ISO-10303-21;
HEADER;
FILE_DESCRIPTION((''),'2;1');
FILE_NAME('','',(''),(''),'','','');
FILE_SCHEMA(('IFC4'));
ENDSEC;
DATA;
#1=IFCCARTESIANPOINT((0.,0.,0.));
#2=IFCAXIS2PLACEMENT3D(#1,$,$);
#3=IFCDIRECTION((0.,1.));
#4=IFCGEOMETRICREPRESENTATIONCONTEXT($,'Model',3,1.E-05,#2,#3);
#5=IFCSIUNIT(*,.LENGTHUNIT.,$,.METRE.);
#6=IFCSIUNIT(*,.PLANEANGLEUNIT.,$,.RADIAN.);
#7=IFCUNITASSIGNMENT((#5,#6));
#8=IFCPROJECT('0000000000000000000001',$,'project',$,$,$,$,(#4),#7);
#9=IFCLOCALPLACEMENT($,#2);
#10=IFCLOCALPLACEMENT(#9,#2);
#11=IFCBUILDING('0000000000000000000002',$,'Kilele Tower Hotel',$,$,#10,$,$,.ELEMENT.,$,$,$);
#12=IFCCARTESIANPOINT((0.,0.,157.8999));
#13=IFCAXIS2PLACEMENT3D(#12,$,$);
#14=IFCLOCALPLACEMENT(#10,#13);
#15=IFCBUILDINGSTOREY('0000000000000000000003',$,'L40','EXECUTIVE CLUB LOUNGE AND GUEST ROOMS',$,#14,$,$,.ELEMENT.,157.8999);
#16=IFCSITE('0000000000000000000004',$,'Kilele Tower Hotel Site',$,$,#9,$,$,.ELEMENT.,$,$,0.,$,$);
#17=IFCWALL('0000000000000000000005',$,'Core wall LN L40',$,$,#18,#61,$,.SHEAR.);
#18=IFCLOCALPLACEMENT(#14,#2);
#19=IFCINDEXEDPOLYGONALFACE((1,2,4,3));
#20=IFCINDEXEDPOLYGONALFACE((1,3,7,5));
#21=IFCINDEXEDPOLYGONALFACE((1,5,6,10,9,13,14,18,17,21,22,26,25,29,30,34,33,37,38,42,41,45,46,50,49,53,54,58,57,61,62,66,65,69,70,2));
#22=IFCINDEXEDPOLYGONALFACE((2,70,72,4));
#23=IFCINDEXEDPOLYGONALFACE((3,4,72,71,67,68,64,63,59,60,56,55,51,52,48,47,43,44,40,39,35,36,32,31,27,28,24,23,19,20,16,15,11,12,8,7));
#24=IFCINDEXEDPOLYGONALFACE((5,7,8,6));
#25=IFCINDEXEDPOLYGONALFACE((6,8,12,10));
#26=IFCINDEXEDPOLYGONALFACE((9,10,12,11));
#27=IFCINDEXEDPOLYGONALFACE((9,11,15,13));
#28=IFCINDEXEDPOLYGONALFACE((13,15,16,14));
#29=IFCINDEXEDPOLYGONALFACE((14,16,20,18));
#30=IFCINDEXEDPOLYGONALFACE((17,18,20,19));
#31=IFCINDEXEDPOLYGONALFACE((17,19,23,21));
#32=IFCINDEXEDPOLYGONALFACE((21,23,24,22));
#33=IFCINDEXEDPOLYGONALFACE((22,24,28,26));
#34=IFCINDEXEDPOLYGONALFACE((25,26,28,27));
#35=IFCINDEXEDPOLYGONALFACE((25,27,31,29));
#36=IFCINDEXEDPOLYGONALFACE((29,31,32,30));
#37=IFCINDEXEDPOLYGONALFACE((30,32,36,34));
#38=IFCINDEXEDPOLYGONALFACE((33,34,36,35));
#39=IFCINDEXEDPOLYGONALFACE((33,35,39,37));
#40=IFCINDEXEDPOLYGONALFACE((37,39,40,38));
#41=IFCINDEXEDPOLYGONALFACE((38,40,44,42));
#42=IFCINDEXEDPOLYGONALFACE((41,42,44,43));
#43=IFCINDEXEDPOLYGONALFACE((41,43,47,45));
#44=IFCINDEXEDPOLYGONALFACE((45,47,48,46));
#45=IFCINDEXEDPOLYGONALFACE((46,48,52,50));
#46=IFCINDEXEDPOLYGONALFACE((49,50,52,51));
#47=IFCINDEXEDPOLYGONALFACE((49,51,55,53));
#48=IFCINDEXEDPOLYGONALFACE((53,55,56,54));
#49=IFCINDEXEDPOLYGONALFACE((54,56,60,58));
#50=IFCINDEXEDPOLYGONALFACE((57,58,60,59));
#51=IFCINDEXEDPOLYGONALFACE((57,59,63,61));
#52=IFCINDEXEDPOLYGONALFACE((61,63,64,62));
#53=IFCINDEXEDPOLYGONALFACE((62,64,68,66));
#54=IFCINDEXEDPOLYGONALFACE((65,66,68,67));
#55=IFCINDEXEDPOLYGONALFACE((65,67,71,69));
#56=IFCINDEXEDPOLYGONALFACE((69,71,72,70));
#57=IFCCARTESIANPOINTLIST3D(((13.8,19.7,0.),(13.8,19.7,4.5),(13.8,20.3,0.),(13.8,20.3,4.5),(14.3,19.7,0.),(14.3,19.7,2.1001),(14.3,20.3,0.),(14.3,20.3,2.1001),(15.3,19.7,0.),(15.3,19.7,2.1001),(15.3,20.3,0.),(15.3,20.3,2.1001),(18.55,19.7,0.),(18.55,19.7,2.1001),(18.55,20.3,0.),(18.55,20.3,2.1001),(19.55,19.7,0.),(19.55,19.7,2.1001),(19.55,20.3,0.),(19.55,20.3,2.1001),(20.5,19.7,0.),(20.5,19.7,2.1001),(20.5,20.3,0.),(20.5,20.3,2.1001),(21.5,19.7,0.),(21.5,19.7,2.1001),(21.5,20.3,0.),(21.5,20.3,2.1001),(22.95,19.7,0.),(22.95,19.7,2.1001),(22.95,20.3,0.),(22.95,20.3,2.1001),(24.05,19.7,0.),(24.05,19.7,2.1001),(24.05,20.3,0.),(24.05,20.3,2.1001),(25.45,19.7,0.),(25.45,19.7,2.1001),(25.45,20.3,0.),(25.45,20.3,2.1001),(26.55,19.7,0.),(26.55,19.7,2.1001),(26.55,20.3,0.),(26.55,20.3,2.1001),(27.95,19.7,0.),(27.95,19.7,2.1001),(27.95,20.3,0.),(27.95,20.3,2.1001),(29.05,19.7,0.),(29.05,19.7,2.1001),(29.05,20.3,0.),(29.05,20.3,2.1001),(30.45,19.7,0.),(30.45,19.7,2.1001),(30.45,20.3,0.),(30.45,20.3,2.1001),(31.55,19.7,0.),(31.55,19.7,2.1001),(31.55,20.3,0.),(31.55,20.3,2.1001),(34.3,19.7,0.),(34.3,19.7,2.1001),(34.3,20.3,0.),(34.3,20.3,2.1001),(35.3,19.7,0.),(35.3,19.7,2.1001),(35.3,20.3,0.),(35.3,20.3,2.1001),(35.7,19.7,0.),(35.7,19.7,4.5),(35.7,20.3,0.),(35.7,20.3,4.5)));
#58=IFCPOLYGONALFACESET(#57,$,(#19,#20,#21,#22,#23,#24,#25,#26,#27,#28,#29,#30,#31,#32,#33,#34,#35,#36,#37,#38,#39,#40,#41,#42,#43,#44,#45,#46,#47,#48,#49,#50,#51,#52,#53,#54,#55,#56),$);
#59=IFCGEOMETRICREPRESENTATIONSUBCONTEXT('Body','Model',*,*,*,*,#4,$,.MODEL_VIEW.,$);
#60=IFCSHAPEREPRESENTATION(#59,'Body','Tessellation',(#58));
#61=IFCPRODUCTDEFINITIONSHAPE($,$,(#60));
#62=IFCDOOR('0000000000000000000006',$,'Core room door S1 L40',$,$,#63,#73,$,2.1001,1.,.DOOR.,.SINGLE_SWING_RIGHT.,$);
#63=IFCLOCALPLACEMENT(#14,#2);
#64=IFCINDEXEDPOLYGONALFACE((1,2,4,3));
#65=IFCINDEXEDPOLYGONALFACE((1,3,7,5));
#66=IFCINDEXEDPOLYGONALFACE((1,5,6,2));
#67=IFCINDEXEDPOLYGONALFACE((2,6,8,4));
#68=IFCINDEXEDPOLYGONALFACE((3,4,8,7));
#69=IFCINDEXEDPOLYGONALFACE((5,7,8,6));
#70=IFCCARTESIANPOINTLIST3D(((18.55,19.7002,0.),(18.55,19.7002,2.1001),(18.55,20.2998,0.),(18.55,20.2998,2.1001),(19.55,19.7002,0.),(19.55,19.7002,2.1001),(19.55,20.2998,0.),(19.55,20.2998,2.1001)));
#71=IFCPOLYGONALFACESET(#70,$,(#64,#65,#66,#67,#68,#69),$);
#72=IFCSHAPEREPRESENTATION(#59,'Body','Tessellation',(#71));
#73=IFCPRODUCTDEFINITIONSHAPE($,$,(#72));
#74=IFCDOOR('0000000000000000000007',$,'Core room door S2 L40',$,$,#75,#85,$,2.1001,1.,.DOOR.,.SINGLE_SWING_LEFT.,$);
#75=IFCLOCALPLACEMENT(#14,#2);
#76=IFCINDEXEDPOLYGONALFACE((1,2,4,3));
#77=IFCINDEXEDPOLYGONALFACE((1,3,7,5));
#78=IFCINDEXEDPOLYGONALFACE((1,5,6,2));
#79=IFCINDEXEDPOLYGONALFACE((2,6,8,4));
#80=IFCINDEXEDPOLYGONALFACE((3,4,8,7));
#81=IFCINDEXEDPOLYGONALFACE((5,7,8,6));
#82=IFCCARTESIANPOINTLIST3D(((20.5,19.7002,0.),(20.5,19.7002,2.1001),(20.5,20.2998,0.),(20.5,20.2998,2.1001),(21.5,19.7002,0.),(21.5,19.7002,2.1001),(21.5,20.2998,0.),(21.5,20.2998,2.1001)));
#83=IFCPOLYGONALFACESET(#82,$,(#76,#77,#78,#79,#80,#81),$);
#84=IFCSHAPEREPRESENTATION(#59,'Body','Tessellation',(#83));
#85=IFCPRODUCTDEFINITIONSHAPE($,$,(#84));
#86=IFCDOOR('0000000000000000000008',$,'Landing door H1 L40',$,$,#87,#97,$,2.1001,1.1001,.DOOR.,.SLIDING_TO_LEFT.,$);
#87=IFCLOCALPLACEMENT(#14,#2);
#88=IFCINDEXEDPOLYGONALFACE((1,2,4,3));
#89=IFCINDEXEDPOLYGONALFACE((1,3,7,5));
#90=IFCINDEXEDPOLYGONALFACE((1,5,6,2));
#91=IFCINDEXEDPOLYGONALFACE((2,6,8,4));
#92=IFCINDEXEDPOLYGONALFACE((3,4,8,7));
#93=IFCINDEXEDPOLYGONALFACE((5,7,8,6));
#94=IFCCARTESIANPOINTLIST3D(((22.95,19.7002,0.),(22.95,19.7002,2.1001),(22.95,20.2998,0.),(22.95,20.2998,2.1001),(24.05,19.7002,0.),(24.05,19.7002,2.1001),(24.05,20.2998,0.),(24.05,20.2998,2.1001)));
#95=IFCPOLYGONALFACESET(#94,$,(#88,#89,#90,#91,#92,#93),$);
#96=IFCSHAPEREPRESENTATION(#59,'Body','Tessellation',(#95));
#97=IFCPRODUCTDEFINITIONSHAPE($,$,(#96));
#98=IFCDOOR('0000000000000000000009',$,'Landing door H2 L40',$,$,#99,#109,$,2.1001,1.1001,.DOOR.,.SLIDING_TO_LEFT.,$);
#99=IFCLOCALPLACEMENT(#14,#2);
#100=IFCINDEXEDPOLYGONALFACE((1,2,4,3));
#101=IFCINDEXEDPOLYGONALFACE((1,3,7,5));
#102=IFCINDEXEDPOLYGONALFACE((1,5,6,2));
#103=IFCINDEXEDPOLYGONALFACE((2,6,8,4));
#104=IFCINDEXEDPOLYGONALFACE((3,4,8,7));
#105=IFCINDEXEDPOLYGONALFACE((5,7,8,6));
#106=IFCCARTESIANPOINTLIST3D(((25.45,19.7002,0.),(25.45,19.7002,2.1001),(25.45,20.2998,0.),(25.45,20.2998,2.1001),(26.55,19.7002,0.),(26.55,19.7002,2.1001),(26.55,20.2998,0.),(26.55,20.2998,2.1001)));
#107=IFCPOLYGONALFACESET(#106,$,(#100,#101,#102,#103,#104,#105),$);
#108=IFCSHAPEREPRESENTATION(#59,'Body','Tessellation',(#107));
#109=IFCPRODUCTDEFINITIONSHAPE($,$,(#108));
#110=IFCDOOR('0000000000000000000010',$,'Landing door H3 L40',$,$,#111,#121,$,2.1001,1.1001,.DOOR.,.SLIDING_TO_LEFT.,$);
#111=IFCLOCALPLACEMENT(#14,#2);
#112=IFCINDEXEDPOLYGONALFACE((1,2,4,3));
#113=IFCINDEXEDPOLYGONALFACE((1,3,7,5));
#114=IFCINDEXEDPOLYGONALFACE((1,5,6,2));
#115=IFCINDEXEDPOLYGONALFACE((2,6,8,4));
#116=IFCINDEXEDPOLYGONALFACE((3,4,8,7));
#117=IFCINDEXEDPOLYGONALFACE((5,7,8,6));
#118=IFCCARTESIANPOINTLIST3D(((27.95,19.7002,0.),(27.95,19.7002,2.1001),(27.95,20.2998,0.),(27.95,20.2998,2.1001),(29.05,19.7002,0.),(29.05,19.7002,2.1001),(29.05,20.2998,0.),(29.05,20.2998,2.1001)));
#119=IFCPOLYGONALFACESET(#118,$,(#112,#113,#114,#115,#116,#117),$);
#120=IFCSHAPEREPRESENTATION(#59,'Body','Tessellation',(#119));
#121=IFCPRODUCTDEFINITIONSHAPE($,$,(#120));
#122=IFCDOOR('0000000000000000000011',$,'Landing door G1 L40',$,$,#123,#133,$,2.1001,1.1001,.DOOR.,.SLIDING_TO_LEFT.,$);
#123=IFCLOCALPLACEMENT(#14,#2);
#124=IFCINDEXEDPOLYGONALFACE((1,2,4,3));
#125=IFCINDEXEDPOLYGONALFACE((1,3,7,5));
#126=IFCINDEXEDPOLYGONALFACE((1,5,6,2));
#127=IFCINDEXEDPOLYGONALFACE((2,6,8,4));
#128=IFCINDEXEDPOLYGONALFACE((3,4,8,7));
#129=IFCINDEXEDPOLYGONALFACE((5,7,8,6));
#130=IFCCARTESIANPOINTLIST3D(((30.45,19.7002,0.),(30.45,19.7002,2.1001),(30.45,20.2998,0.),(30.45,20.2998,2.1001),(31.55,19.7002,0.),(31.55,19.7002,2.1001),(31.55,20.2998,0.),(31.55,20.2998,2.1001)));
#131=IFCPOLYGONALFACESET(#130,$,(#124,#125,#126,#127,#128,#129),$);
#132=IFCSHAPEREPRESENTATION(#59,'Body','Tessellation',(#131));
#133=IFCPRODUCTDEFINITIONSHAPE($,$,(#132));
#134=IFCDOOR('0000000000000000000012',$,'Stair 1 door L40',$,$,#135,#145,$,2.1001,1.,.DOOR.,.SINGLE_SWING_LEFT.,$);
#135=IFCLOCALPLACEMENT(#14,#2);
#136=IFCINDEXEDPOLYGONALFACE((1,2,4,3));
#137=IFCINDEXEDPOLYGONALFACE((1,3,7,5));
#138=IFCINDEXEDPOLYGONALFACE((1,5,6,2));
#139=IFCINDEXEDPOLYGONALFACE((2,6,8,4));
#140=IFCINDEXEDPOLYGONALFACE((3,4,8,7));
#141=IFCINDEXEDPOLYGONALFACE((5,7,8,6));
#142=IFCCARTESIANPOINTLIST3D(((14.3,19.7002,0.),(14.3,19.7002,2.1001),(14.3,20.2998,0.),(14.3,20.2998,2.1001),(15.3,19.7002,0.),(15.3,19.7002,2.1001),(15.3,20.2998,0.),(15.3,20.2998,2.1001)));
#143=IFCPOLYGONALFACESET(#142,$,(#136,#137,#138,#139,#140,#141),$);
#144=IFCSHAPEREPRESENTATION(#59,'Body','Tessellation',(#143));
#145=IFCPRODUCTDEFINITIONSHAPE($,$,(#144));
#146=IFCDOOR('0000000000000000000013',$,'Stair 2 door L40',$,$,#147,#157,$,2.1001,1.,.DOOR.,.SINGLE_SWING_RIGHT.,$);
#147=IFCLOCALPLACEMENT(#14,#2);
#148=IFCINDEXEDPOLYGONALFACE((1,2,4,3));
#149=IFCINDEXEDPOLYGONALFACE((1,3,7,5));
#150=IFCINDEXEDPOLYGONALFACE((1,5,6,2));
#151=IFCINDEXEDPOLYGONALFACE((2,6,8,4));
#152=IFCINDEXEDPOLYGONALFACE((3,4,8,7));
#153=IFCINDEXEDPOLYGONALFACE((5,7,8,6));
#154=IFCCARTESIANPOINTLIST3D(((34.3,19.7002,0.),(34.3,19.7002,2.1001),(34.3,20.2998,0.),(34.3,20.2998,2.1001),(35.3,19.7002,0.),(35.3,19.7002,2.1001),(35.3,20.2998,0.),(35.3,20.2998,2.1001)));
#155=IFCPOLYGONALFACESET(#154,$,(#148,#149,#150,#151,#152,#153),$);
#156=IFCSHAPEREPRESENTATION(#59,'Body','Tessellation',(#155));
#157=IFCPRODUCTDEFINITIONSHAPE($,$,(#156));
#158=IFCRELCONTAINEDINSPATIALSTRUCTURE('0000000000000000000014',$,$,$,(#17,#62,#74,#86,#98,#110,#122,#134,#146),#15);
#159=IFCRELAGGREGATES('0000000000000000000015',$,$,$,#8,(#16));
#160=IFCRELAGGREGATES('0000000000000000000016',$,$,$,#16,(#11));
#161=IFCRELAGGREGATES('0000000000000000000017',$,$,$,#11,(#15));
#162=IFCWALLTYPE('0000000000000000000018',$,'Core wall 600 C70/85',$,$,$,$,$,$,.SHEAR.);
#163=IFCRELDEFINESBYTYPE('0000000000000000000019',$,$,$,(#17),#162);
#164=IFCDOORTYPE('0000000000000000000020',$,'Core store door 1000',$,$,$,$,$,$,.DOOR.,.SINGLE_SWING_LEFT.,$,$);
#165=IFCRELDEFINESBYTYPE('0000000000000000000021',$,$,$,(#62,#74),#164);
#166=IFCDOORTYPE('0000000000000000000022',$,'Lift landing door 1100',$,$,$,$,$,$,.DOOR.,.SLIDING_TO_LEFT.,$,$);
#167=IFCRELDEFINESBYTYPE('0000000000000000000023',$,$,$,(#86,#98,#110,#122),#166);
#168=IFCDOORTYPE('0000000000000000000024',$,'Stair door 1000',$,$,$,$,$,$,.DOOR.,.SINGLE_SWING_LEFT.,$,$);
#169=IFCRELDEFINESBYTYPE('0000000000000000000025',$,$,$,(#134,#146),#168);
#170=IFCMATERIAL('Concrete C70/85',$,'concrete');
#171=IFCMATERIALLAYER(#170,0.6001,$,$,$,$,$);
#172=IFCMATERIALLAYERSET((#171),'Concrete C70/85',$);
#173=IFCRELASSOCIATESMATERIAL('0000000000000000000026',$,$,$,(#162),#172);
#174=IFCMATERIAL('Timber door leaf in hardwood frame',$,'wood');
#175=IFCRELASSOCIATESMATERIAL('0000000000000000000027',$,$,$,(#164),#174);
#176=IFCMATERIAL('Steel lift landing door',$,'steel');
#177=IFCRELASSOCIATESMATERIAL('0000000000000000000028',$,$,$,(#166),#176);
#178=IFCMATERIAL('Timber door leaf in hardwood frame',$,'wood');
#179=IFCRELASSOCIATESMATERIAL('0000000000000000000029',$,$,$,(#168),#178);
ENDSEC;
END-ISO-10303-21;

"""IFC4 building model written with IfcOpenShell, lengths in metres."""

from ifc_helpers import new_model, si_unit, direction, frame, frame_2d, origin, place, context, subcontext, project, spatial, rectangle, extrude, material, layer, layer_set, type_object, element, fill, save


model = new_model("IFC4")

# Units and contexts
model_context = context("Model", 3, precision=1e-05, world=origin(), true_north=direction((0.0, 1.0)))
body_context = subcontext(model_context, "Body", "Model", "MODEL_VIEW")
ifc_project = project(units=[si_unit("LENGTHUNIT", "METRE"), si_unit("PLANEANGLEUNIT", "RADIAN")], contexts=[model_context])

# Site, building, storey
site_placement = place(None, origin())
site = spatial("IfcSite", under=ifc_project, at=site_placement, Name="Kilele Tower Hotel Site", CompositionType="ELEMENT", RefElevation=0.0)
building_placement = place(site_placement, origin())
building = spatial("IfcBuilding", under=site, at=building_placement, Name="Kilele Tower Hotel", CompositionType="ELEMENT")
storey_placement = place(building_placement, frame((0.0, 0.0, 157.8999)))
storey = spatial("IfcBuildingStorey", under=building, at=storey_placement, Name="L40", Description="EXECUTIVE CLUB LOUNGE AND GUEST ROOMS", CompositionType="ELEMENT", Elevation=157.8999)

# Wall, openings, doors
ifc_material_1 = material(Name="Concrete C70/85", Category="concrete")
ifc_layer_1 = layer(ifc_material_1, 0.6001)
ifc_layer_set_1 = layer_set([ifc_layer_1], Name="Concrete C70/85")
wall_type_1 = type_object("IfcWallType", Name="Core wall 600 C70/85", PredefinedType="SHEAR", material=ifc_layer_set_1)
wall_1_placement = place(storey_placement, frame((13.8, 20.0, 0.0), z_axis=(0.0, 0.0, 1.0), x_axis=(1.0, 0.0, 0.0)))
wall_1 = element("IfcWall", 1, at=wall_1_placement, inside=storey, type_object=wall_type_1, Name="Core wall LN L40", PredefinedType="SHEAR", context=body_context, shape_type="SweptSolid", body=[
    extrude(rectangle(XDim=21.8999, YDim=0.6001, at=frame_2d((10.95, 0.0))), origin(), (0.0, 0.0, 1.0), 4.5),
])
opening_1_placement = place(wall_1_placement, frame((0.5, 0.0, 0.0)))
opening_1 = element("IfcOpeningElement", 2, at=opening_1_placement, cuts=wall_1, PredefinedType="OPENING", context=body_context, shape_type="SweptSolid", body=[
    extrude(rectangle(XDim=1.0, YDim=2.1001, at=frame_2d((0.5, 1.05))), frame((0.0, 0.3101, 0.0), z_axis=(0.0, -1.0, 0.0), x_axis=(1.0, 0.0, 0.0)), (0.0, 0.0, 1.0), 0.6201),
])
opening_2_placement = place(wall_1_placement, frame((20.5, 0.0, 0.0)))
opening_2 = element("IfcOpeningElement", 3, at=opening_2_placement, cuts=wall_1, PredefinedType="OPENING", context=body_context, shape_type="SweptSolid", body=[
    extrude(rectangle(XDim=1.0, YDim=2.1001, at=frame_2d((0.5, 1.05))), frame((0.0, 0.3101, 0.0), z_axis=(0.0, -1.0, 0.0), x_axis=(1.0, 0.0, 0.0)), (0.0, 0.0, 1.0), 0.6201),
])
opening_3_placement = place(wall_1_placement, frame((9.1499, 0.0, 0.0)))
opening_3 = element("IfcOpeningElement", 4, at=opening_3_placement, cuts=wall_1, PredefinedType="OPENING", context=body_context, shape_type="SweptSolid", body=[
    extrude(rectangle(XDim=1.1001, YDim=2.1001, at=frame_2d((0.55, 1.05))), frame((0.0, 0.3101, 0.0), z_axis=(0.0, -1.0, 0.0), x_axis=(1.0, 0.0, 0.0)), (0.0, 0.0, 1.0), 0.6201),
])
opening_4_placement = place(wall_1_placement, frame((11.6499, 0.0, 0.0)))
opening_4 = element("IfcOpeningElement", 5, at=opening_4_placement, cuts=wall_1, PredefinedType="OPENING", context=body_context, shape_type="SweptSolid", body=[
    extrude(rectangle(XDim=1.1001, YDim=2.1001, at=frame_2d((0.55, 1.05))), frame((0.0, 0.3101, 0.0), z_axis=(0.0, -1.0, 0.0), x_axis=(1.0, 0.0, 0.0)), (0.0, 0.0, 1.0), 0.6201),
])
opening_5_placement = place(wall_1_placement, frame((14.1499, 0.0, 0.0)))
opening_5 = element("IfcOpeningElement", 6, at=opening_5_placement, cuts=wall_1, PredefinedType="OPENING", context=body_context, shape_type="SweptSolid", body=[
    extrude(rectangle(XDim=1.1001, YDim=2.1001, at=frame_2d((0.55, 1.05))), frame((0.0, 0.3101, 0.0), z_axis=(0.0, -1.0, 0.0), x_axis=(1.0, 0.0, 0.0)), (0.0, 0.0, 1.0), 0.6201),
])
opening_6_placement = place(wall_1_placement, frame((16.6499, 0.0, 0.0)))
opening_6 = element("IfcOpeningElement", 7, at=opening_6_placement, cuts=wall_1, PredefinedType="OPENING", context=body_context, shape_type="SweptSolid", body=[
    extrude(rectangle(XDim=1.1001, YDim=2.1001, at=frame_2d((0.55, 1.05))), frame((0.0, 0.3101, 0.0), z_axis=(0.0, -1.0, 0.0), x_axis=(1.0, 0.0, 0.0)), (0.0, 0.0, 1.0), 0.6201),
])
opening_7_placement = place(wall_1_placement, frame((4.75, 0.0, 0.0)))
opening_7 = element("IfcOpeningElement", 8, at=opening_7_placement, cuts=wall_1, PredefinedType="OPENING", context=body_context, shape_type="SweptSolid", body=[
    extrude(rectangle(XDim=1.0, YDim=2.1001, at=frame_2d((0.5, 1.05))), frame((0.0, 0.3101, 0.0), z_axis=(0.0, -1.0, 0.0), x_axis=(1.0, 0.0, 0.0)), (0.0, 0.0, 1.0), 0.6201),
])
opening_8_placement = place(wall_1_placement, frame((6.7, 0.0, 0.0)))
opening_8 = element("IfcOpeningElement", 9, at=opening_8_placement, cuts=wall_1, PredefinedType="OPENING", context=body_context, shape_type="SweptSolid", body=[
    extrude(rectangle(XDim=1.0, YDim=2.1001, at=frame_2d((0.5, 1.05))), frame((0.0, 0.3101, 0.0), z_axis=(0.0, -1.0, 0.0), x_axis=(1.0, 0.0, 0.0)), (0.0, 0.0, 1.0), 0.6201),
])
ifc_material_2 = material(Name="Timber door leaf in hardwood frame", Category="wood")
door_type_1 = type_object("IfcDoorType", Name="Core store door 1000", OperationType="SINGLE_SWING_LEFT", PredefinedType="DOOR", material=ifc_material_2)
door_1_placement = place(opening_7_placement, origin())
door_1 = element("IfcDoor", 10, at=door_1_placement, inside=storey, type_object=door_type_1, Name="Core room door S1 L40", OperationType="SINGLE_SWING_RIGHT", OverallHeight=2.1001, OverallWidth=1.0, PredefinedType="DOOR", context=body_context, shape_type="SweptSolid", body=[
    extrude(rectangle(XDim=1.0, YDim=2.1001, at=frame_2d((0.5, 1.05))), frame((0.0, 0.2998, 0.0), z_axis=(0.0, -1.0, 0.0), x_axis=(1.0, 0.0, 0.0)), (0.0, 0.0, 1.0), 0.5996),
])
fill(opening_7, door_1)
door_2_placement = place(opening_8_placement, origin())
door_2 = element("IfcDoor", 11, at=door_2_placement, inside=storey, type_object=door_type_1, Name="Core room door S2 L40", OperationType="SINGLE_SWING_LEFT", OverallHeight=2.1001, OverallWidth=1.0, PredefinedType="DOOR", context=body_context, shape_type="SweptSolid", body=[
    extrude(rectangle(XDim=1.0, YDim=2.1001, at=frame_2d((0.5, 1.05))), frame((0.0, 0.2998, 0.0), z_axis=(0.0, -1.0, 0.0), x_axis=(1.0, 0.0, 0.0)), (0.0, 0.0, 1.0), 0.5996),
])
fill(opening_8, door_2)
ifc_material_3 = material(Name="Steel lift landing door", Category="steel")
door_type_2 = type_object("IfcDoorType", Name="Lift landing door 1100", OperationType="SLIDING_TO_LEFT", PredefinedType="DOOR", material=ifc_material_3)
door_3_placement = place(opening_3_placement, origin())
door_3 = element("IfcDoor", 12, at=door_3_placement, inside=storey, type_object=door_type_2, Name="Landing door H1 L40", OperationType="SLIDING_TO_LEFT", OverallHeight=2.1001, OverallWidth=1.1001, PredefinedType="DOOR", context=body_context, shape_type="SweptSolid", body=[
    extrude(rectangle(XDim=1.1001, YDim=2.1001, at=frame_2d((0.55, 1.05))), frame((0.0, 0.2998, 0.0), z_axis=(0.0, -1.0, 0.0), x_axis=(1.0, 0.0, 0.0)), (0.0, 0.0, 1.0), 0.5996),
])
fill(opening_3, door_3)
door_4_placement = place(opening_4_placement, origin())
door_4 = element("IfcDoor", 13, at=door_4_placement, inside=storey, type_object=door_type_2, Name="Landing door H2 L40", OperationType="SLIDING_TO_LEFT", OverallHeight=2.1001, OverallWidth=1.1001, PredefinedType="DOOR", context=body_context, shape_type="SweptSolid", body=[
    extrude(rectangle(XDim=1.1001, YDim=2.1001, at=frame_2d((0.55, 1.05))), frame((0.0, 0.2998, 0.0), z_axis=(0.0, -1.0, 0.0), x_axis=(1.0, 0.0, 0.0)), (0.0, 0.0, 1.0), 0.5996),
])
fill(opening_4, door_4)
door_5_placement = place(opening_5_placement, origin())
door_5 = element("IfcDoor", 14, at=door_5_placement, inside=storey, type_object=door_type_2, Name="Landing door H3 L40", OperationType="SLIDING_TO_LEFT", OverallHeight=2.1001, OverallWidth=1.1001, PredefinedType="DOOR", context=body_context, shape_type="SweptSolid", body=[
    extrude(rectangle(XDim=1.1001, YDim=2.1001, at=frame_2d((0.55, 1.05))), frame((0.0, 0.2998, 0.0), z_axis=(0.0, -1.0, 0.0), x_axis=(1.0, 0.0, 0.0)), (0.0, 0.0, 1.0), 0.5996),
])
fill(opening_5, door_5)
door_6_placement = place(opening_6_placement, origin())
door_6 = element("IfcDoor", 15, at=door_6_placement, inside=storey, type_object=door_type_2, Name="Landing door G1 L40", OperationType="SLIDING_TO_LEFT", OverallHeight=2.1001, OverallWidth=1.1001, PredefinedType="DOOR", context=body_context, shape_type="SweptSolid", body=[
    extrude(rectangle(XDim=1.1001, YDim=2.1001, at=frame_2d((0.55, 1.05))), frame((0.0, 0.2998, 0.0), z_axis=(0.0, -1.0, 0.0), x_axis=(1.0, 0.0, 0.0)), (0.0, 0.0, 1.0), 0.5996),
])
fill(opening_6, door_6)
ifc_material_4 = material(Name="Timber door leaf in hardwood frame", Category="wood")
door_type_3 = type_object("IfcDoorType", Name="Stair door 1000", OperationType="SINGLE_SWING_LEFT", PredefinedType="DOOR", material=ifc_material_4)
door_7_placement = place(opening_1_placement, origin())
door_7 = element("IfcDoor", 16, at=door_7_placement, inside=storey, type_object=door_type_3, Name="Stair 1 door L40", OperationType="SINGLE_SWING_LEFT", OverallHeight=2.1001, OverallWidth=1.0, PredefinedType="DOOR", context=body_context, shape_type="SweptSolid", body=[
    extrude(rectangle(XDim=1.0, YDim=2.1001, at=frame_2d((0.5, 1.05))), frame((0.0, 0.2998, 0.0), z_axis=(0.0, -1.0, 0.0), x_axis=(1.0, 0.0, 0.0)), (0.0, 0.0, 1.0), 0.5996),
])
fill(opening_1, door_7)
door_8_placement = place(opening_2_placement, origin())
door_8 = element("IfcDoor", 17, at=door_8_placement, inside=storey, type_object=door_type_3, Name="Stair 2 door L40", OperationType="SINGLE_SWING_RIGHT", OverallHeight=2.1001, OverallWidth=1.0, PredefinedType="DOOR", context=body_context, shape_type="SweptSolid", body=[
    extrude(rectangle(XDim=1.0, YDim=2.1001, at=frame_2d((0.5, 1.05))), frame((0.0, 0.2998, 0.0), z_axis=(0.0, -1.0, 0.0), x_axis=(1.0, 0.0, 0.0)), (0.0, 0.0, 1.0), 0.5996),
])
fill(opening_2, door_8)

save(model, "model.ifc")
